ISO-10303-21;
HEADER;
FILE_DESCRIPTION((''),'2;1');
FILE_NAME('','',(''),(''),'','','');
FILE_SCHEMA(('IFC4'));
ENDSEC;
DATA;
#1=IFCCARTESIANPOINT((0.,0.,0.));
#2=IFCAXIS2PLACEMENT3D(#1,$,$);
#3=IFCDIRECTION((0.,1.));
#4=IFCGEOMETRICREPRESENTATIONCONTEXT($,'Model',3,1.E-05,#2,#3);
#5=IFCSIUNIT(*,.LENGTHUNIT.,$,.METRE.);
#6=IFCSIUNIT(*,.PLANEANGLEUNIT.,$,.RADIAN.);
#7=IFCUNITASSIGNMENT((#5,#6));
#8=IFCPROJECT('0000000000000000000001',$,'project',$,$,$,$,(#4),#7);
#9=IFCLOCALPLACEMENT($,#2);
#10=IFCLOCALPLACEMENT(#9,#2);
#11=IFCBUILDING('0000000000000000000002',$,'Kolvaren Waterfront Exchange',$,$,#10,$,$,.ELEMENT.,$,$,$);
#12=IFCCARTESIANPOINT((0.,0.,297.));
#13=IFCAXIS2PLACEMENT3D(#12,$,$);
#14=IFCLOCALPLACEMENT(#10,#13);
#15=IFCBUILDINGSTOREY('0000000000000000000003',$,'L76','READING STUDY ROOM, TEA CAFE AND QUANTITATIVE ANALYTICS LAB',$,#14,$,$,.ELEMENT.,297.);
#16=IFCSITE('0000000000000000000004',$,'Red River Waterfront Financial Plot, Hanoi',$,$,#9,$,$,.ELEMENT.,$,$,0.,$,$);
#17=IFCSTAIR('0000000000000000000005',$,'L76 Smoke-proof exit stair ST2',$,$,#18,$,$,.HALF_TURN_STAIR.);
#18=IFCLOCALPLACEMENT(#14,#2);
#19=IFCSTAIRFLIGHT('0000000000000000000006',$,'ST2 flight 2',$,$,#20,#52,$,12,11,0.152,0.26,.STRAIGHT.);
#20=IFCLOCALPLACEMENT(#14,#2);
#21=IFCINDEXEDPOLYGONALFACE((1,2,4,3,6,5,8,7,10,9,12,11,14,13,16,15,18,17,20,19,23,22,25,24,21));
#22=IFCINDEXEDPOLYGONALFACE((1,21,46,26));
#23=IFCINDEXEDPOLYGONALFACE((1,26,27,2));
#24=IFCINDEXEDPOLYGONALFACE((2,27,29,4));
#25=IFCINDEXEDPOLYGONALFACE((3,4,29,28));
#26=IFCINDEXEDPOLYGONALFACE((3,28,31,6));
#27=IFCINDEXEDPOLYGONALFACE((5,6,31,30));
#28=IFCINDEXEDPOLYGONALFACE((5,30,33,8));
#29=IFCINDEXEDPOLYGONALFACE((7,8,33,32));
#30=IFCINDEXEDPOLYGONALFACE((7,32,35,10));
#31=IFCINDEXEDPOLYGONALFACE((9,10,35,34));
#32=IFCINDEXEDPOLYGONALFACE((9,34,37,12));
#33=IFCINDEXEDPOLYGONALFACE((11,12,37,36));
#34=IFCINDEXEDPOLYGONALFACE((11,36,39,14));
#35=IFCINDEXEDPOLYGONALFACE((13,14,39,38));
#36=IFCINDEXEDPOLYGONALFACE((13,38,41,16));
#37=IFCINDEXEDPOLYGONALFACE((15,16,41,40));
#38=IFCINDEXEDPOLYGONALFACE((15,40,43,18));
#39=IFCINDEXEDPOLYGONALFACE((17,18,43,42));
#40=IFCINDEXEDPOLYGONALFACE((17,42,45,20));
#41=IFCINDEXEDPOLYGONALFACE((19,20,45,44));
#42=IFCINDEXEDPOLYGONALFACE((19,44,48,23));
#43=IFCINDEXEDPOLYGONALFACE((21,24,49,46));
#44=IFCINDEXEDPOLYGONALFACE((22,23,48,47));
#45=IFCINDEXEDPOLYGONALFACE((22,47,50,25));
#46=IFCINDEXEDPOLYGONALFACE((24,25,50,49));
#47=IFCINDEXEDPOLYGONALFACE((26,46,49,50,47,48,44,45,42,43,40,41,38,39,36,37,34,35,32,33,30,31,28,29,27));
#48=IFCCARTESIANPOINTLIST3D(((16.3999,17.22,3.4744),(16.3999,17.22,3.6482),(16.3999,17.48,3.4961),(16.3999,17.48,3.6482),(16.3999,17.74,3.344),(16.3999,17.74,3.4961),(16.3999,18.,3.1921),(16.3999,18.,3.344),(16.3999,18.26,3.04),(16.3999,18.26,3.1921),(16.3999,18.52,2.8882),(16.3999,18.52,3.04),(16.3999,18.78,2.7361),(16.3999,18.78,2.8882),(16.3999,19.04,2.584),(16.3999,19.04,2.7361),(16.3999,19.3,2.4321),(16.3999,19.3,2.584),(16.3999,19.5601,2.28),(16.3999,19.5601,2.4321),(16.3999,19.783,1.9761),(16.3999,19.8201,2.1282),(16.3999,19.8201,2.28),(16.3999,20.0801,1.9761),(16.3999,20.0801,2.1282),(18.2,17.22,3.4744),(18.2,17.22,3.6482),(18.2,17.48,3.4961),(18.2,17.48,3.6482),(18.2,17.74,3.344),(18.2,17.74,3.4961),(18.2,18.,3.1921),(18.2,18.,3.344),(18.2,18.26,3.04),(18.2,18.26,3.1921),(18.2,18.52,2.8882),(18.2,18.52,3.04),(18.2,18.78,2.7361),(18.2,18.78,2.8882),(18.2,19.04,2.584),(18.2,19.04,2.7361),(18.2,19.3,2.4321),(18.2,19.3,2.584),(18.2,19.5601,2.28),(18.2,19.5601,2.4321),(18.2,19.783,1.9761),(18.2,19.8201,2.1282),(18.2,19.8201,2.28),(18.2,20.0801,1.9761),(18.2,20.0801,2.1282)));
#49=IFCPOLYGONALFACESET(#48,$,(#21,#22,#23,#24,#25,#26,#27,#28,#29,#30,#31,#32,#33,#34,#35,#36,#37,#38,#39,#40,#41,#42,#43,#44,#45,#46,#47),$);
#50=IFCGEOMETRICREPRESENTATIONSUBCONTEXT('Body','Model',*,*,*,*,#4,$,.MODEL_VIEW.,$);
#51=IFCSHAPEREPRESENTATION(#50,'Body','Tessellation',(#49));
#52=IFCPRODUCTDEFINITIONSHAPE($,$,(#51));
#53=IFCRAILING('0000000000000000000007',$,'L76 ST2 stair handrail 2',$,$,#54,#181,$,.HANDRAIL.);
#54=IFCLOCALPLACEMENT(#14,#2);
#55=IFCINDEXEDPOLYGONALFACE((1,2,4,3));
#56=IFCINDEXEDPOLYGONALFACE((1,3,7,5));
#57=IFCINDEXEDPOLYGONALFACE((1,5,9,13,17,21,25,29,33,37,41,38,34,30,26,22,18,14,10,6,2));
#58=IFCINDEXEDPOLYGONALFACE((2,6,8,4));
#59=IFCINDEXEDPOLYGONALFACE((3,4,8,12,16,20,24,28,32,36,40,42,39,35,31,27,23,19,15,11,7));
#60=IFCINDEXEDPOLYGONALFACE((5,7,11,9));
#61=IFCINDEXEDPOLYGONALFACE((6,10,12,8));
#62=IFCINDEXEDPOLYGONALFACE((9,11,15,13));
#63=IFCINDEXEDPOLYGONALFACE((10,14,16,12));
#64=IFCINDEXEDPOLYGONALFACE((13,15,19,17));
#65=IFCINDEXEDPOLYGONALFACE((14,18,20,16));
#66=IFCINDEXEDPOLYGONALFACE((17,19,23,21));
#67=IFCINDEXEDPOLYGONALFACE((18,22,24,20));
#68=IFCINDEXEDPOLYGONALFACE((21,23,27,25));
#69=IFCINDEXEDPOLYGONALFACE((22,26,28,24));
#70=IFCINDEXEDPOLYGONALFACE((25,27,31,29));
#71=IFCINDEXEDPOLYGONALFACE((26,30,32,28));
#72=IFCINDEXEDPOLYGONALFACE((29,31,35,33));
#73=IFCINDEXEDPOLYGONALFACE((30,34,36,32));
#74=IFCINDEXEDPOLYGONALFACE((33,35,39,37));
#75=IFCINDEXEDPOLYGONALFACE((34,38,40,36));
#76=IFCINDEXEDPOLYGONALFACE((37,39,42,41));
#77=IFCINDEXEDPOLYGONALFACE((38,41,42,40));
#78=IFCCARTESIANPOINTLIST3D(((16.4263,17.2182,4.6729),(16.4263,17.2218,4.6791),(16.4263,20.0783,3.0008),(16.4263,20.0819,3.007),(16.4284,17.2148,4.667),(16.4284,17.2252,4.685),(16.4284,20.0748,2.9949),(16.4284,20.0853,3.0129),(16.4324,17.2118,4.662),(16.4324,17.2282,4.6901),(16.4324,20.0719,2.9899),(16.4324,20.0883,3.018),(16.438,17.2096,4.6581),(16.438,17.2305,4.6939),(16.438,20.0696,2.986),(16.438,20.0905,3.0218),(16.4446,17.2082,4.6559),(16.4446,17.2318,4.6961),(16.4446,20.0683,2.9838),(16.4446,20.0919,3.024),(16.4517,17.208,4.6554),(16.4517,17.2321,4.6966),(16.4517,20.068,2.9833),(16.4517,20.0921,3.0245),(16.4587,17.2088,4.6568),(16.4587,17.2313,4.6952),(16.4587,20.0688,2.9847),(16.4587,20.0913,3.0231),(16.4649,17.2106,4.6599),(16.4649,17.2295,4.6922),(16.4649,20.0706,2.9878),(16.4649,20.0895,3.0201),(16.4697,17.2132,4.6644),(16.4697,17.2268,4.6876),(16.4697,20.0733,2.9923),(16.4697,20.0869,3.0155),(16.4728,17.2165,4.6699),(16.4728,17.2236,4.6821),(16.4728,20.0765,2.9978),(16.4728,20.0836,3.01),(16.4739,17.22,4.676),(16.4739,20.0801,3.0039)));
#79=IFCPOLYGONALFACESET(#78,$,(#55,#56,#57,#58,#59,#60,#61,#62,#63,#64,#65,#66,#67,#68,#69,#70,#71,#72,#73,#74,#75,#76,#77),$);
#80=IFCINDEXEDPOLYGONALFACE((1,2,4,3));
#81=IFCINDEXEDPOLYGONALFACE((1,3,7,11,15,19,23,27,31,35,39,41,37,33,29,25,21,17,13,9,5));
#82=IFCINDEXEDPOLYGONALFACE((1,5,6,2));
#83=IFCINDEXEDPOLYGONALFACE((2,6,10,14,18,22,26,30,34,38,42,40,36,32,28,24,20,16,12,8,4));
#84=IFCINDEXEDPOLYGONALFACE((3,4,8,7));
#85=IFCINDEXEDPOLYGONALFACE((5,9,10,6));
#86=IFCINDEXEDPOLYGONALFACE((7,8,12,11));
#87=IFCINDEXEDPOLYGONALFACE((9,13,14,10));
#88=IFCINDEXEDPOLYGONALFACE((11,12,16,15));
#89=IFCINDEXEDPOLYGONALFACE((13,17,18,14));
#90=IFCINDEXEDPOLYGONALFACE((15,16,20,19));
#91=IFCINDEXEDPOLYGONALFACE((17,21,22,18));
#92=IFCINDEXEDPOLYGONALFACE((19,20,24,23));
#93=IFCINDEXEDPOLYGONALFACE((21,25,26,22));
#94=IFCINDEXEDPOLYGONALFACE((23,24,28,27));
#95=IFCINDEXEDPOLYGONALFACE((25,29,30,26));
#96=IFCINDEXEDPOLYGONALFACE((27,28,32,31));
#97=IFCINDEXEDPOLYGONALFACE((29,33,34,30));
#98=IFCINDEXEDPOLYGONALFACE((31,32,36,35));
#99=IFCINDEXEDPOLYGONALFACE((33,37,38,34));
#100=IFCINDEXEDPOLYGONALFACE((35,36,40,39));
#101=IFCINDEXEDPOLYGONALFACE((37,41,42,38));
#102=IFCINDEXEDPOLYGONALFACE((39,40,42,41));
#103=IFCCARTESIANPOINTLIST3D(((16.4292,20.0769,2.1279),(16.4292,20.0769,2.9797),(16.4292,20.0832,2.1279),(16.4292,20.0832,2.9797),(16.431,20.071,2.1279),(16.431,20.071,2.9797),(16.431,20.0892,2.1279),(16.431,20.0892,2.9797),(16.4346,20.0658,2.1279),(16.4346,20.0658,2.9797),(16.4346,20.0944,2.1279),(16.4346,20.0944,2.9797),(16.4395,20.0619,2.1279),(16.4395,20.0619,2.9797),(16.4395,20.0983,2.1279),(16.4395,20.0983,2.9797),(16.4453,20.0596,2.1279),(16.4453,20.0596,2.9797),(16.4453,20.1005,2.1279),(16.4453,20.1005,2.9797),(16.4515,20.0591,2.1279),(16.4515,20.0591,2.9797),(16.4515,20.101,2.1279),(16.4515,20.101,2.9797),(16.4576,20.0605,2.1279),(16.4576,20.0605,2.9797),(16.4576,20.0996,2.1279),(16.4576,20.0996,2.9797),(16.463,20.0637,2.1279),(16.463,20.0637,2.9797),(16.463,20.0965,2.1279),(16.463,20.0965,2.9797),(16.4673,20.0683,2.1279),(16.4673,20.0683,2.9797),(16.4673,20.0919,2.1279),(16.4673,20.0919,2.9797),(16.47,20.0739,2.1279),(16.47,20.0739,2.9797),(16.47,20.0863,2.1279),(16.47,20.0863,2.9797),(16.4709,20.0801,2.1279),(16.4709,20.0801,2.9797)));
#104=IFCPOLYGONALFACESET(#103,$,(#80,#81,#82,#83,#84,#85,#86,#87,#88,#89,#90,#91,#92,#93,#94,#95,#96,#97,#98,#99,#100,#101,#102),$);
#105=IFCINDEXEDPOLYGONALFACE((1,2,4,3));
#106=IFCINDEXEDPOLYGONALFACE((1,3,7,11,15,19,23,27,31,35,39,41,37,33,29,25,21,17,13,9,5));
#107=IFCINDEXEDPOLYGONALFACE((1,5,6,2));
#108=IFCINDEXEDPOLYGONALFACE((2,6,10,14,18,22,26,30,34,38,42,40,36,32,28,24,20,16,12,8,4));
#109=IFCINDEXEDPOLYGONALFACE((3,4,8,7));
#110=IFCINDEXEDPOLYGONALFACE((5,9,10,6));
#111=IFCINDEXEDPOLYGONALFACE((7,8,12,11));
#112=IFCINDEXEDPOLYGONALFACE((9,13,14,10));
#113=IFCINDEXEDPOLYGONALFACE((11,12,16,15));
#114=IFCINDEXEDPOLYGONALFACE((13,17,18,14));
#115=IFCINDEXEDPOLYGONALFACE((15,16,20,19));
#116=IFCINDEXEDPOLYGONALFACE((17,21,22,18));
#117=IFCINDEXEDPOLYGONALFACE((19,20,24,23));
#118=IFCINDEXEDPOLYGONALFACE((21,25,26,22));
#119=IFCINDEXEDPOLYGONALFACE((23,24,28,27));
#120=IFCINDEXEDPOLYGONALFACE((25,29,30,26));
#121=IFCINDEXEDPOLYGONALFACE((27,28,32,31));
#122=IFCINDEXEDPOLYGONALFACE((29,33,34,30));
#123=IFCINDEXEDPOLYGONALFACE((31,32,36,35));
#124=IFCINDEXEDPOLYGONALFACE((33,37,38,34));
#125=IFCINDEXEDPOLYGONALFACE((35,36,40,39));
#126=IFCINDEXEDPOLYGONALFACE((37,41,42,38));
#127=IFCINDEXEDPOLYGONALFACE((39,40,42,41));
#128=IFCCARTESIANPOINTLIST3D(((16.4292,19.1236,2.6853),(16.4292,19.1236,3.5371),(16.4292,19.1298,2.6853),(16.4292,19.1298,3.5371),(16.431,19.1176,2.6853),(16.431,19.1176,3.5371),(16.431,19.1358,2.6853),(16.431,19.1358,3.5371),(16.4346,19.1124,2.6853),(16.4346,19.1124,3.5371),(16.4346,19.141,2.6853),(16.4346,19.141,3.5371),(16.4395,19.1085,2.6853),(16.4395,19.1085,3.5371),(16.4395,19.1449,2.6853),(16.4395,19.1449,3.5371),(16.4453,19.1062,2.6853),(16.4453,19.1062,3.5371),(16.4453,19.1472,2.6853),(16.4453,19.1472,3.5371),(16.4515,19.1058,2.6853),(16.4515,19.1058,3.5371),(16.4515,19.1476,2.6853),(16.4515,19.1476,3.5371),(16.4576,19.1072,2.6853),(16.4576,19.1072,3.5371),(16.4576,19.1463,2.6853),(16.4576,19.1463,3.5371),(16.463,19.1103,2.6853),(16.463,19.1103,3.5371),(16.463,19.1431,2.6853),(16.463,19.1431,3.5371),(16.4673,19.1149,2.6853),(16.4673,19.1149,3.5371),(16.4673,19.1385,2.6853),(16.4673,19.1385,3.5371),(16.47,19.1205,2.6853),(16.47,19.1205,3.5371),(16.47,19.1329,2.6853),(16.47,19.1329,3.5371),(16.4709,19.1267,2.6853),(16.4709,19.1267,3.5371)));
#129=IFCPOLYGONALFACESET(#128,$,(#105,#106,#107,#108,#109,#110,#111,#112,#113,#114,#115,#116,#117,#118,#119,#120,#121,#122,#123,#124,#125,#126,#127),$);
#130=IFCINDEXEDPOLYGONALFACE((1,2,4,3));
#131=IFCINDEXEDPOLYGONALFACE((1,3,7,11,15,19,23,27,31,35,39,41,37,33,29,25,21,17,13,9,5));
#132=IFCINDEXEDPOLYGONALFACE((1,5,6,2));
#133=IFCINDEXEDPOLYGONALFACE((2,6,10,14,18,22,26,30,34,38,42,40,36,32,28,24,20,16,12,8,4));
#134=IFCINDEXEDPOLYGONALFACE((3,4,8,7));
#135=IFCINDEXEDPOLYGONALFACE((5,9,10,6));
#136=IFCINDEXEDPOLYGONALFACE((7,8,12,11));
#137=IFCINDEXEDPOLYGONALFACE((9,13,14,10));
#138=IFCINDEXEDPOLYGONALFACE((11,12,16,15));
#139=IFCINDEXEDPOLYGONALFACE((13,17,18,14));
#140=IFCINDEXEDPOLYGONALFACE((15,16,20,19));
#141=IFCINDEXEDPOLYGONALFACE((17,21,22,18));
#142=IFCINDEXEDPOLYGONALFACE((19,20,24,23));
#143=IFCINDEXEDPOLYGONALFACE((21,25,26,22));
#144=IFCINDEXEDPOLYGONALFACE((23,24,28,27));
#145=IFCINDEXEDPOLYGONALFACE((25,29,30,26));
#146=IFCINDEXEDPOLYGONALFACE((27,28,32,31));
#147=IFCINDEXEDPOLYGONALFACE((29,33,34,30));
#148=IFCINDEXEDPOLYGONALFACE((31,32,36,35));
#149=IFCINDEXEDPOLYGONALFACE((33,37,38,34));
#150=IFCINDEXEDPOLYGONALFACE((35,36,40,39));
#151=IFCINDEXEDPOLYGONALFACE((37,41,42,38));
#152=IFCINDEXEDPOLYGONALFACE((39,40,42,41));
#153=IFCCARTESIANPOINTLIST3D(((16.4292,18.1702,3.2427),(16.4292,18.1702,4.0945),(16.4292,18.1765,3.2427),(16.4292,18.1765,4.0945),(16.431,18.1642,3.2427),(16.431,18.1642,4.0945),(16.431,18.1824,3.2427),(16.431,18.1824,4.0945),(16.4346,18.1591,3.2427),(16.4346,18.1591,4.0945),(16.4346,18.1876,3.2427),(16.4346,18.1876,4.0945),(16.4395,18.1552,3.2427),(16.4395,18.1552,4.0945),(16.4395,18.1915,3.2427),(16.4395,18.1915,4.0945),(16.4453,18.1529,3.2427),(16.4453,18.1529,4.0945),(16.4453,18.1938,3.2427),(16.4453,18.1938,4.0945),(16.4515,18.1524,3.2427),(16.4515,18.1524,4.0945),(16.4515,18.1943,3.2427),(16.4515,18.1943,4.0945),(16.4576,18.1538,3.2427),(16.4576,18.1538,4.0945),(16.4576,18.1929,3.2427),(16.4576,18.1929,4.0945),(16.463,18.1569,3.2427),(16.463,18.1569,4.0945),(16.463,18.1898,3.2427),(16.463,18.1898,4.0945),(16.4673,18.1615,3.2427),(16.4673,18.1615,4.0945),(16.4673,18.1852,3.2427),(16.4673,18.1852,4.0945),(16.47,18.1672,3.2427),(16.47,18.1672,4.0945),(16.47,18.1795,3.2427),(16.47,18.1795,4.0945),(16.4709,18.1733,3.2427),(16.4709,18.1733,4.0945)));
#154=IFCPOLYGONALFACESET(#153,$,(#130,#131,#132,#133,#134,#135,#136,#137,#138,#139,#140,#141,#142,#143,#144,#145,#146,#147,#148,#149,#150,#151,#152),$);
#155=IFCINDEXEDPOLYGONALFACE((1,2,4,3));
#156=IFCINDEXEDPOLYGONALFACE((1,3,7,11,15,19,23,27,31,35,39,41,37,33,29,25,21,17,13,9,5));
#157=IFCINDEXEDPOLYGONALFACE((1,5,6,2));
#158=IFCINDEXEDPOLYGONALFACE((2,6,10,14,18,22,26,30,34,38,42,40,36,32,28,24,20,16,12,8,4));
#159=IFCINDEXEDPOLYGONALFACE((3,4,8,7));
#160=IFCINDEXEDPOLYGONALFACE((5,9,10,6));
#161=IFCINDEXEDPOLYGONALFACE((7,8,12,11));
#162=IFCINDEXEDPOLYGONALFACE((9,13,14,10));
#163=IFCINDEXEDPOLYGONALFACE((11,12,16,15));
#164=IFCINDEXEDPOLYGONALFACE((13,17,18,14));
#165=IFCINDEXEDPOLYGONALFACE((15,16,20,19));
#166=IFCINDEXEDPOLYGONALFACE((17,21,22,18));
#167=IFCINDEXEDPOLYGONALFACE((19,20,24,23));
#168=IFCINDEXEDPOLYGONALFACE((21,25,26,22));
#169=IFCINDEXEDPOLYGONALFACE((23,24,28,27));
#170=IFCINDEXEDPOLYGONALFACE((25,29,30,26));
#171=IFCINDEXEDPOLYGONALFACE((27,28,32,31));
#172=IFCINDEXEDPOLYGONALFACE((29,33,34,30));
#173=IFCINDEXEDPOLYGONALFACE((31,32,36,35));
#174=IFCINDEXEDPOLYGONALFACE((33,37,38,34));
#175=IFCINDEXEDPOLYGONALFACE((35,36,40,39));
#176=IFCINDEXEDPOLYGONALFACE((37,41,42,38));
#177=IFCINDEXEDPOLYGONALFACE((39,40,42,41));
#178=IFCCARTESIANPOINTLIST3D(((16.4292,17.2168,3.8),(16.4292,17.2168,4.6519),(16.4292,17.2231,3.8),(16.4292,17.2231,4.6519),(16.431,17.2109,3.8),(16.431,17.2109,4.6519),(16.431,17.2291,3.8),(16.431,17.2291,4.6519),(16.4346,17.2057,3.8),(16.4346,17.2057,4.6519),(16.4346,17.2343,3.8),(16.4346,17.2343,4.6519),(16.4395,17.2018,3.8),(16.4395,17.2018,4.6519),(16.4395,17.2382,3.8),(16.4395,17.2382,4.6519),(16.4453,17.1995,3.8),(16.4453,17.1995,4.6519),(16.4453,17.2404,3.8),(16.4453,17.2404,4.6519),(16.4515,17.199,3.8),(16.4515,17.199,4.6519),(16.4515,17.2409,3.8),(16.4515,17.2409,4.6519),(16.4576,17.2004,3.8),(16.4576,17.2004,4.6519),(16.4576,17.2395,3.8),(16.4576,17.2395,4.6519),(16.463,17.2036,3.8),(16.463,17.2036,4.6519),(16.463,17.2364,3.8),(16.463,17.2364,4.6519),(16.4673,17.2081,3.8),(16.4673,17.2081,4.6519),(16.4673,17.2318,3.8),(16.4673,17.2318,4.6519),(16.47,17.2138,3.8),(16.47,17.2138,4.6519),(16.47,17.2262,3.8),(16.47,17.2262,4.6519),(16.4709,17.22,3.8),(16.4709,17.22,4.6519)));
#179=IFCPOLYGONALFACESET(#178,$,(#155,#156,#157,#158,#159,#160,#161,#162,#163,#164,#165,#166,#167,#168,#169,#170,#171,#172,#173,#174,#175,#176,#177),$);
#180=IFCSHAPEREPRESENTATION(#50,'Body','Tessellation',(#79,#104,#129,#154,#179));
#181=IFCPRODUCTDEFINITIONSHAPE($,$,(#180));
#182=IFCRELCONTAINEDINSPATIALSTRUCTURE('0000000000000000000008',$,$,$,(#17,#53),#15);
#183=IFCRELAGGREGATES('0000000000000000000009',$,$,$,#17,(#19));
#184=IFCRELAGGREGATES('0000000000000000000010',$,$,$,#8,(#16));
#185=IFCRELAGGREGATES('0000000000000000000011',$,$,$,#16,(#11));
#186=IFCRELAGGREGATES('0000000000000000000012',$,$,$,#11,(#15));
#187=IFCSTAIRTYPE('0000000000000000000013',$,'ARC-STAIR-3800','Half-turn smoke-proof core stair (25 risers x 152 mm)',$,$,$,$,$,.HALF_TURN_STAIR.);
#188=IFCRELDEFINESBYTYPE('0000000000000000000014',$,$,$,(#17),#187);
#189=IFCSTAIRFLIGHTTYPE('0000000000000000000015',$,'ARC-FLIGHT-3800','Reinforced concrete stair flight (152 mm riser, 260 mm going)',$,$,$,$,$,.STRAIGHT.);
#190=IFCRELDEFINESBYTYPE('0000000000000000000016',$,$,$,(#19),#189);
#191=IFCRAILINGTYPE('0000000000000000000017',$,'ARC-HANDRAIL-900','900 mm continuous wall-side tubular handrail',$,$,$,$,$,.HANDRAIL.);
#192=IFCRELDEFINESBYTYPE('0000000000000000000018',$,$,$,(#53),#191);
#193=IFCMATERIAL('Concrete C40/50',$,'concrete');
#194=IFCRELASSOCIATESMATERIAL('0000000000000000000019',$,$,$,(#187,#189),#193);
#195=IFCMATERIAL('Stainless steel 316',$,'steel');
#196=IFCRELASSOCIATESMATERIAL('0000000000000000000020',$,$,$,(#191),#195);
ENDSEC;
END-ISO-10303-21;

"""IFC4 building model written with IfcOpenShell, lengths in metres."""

from ifc_helpers import new_model, si_unit, direction, frame, origin, origin_2d, place, context, subcontext, project, spatial, polyline, circle, outline, extrude, material, type_object, element, aggregate, save


model = new_model("IFC4")

# Units and contexts
model_context = context("Model", 3, precision=1e-05, world=origin(), true_north=direction((0.0, 1.0)))
body_context = subcontext(model_context, "Body", "Model", "MODEL_VIEW")
ifc_project = project(units=[si_unit("LENGTHUNIT", "METRE"), si_unit("PLANEANGLEUNIT", "RADIAN")], contexts=[model_context])

# Site, building, storey
site_placement = place(None, origin())
site = spatial("IfcSite", under=ifc_project, at=site_placement, Name="Red River Waterfront Financial Plot, Hanoi", CompositionType="ELEMENT", RefElevation=0.0)
building_placement = place(site_placement, origin())
building = spatial("IfcBuilding", under=site, at=building_placement, Name="Kolvaren Waterfront Exchange", CompositionType="ELEMENT")
storey_placement = place(building_placement, frame((0.0, 0.0, 297.0)))
storey = spatial("IfcBuildingStorey", under=building, at=storey_placement, Name="L76", Description="READING STUDY ROOM, TEA CAFE AND QUANTITATIVE ANALYTICS LAB", CompositionType="ELEMENT", Elevation=297.0)

# Shared definitions
ifc_material_1 = material(Name="Concrete C40/50", Category="concrete")

# Stair, stair flight
stair_type = type_object("IfcStairType", Name="ARC-STAIR-3800", Description="Half-turn smoke-proof core stair (25 risers x 152 mm)", PredefinedType="HALF_TURN_STAIR", material=ifc_material_1)
stair_placement = place(storey_placement, origin())
stair = element("IfcStair", 1, at=stair_placement, inside=storey, type_object=stair_type, Name="L76 Smoke-proof exit stair ST2", PredefinedType="HALF_TURN_STAIR")
stair_flight_type = type_object("IfcStairFlightType", Name="ARC-FLIGHT-3800", Description="Reinforced concrete stair flight (152 mm riser, 260 mm going)", PredefinedType="STRAIGHT", material=ifc_material_1)
stair_flight_placement = place(storey_placement, frame((17.3, 20.0801, 1.9761), z_axis=(0.0, 0.0, 1.0), x_axis=(0.0, -1.0, 0.0)))
stair_flight = element("IfcStairFlight", 2, at=stair_flight_placement, type_object=stair_flight_type, Name="ST2 flight 2", NumberOfRisers=12, NumberOfTreads=11, PredefinedType="STRAIGHT", RiserHeight=0.152, TreadLength=0.26, context=body_context, shape_type="SweptSolid", body=[
    extrude(outline(polyline([(0.0, 0.0), (0.0, 0.1521), (0.26, 0.1521), (0.26, 0.304), (0.52, 0.304), (0.52, 0.4561), (0.78, 0.4561), (0.78, 0.6079), (1.04, 0.6079), (1.04, 0.76), (1.3, 0.76), (1.3, 0.9121), (1.5601, 0.9121), (1.5601, 1.064), (1.8201, 1.064), (1.8201, 1.2161), (2.0801, 1.2161), (2.0801, 1.3679), (2.3401, 1.3679), (2.3401, 1.52), (2.6001, 1.52), (2.6001, 1.6721), (2.8601, 1.6721), (2.8601, 1.824), (2.8601, 1.4983), (0.2971, 0.0), (0.0, 0.0)])), frame((0.0, 0.8999, 0.0), z_axis=(0.0, -1.0, 0.0), x_axis=(1.0, 0.0, 0.0)), (0.0, 0.0, 1.0), 1.8),
])
aggregate(stair, [stair_flight])

# Railing
ifc_material_2 = material(Name="Stainless steel 316", Category="steel")
railing_type = type_object("IfcRailingType", Name="ARC-HANDRAIL-900", Description="900 mm continuous wall-side tubular handrail", PredefinedType="HANDRAIL", material=ifc_material_2)
railing_placement = place(storey_placement, frame((16.45, 20.0801, 2.1279)))
element("IfcRailing", 3, at=railing_placement, inside=storey, type_object=railing_type, Name="L76 ST2 stair handrail 2", PredefinedType="HANDRAIL", context=body_context, shape_type="SweptSolid", body=[
    extrude(circle(Radius=0.0239, at=origin_2d()), frame((0.0, 0.0, 0.876), z_axis=(0.0, -0.863289, 0.504709), x_axis=(1.0, 0.0, 0.0)), (0.0, 0.0, 1.0), 3.313),
    extrude(circle(Radius=0.021, at=origin_2d()), origin(), (0.0, 0.0, 1.0), 0.8518),
    extrude(circle(Radius=0.021, at=origin_2d()), frame((0.0, -0.9534, 0.5574)), (0.0, 0.0, 1.0), 0.8518),
    extrude(circle(Radius=0.021, at=origin_2d()), frame((0.0, -1.9067, 1.1147)), (0.0, 0.0, 1.0), 0.8518),
    extrude(circle(Radius=0.021, at=origin_2d()), frame((0.0, -2.8601, 1.6721)), (0.0, 0.0, 1.0), 0.8518),
])

save(model, "model.ifc")
